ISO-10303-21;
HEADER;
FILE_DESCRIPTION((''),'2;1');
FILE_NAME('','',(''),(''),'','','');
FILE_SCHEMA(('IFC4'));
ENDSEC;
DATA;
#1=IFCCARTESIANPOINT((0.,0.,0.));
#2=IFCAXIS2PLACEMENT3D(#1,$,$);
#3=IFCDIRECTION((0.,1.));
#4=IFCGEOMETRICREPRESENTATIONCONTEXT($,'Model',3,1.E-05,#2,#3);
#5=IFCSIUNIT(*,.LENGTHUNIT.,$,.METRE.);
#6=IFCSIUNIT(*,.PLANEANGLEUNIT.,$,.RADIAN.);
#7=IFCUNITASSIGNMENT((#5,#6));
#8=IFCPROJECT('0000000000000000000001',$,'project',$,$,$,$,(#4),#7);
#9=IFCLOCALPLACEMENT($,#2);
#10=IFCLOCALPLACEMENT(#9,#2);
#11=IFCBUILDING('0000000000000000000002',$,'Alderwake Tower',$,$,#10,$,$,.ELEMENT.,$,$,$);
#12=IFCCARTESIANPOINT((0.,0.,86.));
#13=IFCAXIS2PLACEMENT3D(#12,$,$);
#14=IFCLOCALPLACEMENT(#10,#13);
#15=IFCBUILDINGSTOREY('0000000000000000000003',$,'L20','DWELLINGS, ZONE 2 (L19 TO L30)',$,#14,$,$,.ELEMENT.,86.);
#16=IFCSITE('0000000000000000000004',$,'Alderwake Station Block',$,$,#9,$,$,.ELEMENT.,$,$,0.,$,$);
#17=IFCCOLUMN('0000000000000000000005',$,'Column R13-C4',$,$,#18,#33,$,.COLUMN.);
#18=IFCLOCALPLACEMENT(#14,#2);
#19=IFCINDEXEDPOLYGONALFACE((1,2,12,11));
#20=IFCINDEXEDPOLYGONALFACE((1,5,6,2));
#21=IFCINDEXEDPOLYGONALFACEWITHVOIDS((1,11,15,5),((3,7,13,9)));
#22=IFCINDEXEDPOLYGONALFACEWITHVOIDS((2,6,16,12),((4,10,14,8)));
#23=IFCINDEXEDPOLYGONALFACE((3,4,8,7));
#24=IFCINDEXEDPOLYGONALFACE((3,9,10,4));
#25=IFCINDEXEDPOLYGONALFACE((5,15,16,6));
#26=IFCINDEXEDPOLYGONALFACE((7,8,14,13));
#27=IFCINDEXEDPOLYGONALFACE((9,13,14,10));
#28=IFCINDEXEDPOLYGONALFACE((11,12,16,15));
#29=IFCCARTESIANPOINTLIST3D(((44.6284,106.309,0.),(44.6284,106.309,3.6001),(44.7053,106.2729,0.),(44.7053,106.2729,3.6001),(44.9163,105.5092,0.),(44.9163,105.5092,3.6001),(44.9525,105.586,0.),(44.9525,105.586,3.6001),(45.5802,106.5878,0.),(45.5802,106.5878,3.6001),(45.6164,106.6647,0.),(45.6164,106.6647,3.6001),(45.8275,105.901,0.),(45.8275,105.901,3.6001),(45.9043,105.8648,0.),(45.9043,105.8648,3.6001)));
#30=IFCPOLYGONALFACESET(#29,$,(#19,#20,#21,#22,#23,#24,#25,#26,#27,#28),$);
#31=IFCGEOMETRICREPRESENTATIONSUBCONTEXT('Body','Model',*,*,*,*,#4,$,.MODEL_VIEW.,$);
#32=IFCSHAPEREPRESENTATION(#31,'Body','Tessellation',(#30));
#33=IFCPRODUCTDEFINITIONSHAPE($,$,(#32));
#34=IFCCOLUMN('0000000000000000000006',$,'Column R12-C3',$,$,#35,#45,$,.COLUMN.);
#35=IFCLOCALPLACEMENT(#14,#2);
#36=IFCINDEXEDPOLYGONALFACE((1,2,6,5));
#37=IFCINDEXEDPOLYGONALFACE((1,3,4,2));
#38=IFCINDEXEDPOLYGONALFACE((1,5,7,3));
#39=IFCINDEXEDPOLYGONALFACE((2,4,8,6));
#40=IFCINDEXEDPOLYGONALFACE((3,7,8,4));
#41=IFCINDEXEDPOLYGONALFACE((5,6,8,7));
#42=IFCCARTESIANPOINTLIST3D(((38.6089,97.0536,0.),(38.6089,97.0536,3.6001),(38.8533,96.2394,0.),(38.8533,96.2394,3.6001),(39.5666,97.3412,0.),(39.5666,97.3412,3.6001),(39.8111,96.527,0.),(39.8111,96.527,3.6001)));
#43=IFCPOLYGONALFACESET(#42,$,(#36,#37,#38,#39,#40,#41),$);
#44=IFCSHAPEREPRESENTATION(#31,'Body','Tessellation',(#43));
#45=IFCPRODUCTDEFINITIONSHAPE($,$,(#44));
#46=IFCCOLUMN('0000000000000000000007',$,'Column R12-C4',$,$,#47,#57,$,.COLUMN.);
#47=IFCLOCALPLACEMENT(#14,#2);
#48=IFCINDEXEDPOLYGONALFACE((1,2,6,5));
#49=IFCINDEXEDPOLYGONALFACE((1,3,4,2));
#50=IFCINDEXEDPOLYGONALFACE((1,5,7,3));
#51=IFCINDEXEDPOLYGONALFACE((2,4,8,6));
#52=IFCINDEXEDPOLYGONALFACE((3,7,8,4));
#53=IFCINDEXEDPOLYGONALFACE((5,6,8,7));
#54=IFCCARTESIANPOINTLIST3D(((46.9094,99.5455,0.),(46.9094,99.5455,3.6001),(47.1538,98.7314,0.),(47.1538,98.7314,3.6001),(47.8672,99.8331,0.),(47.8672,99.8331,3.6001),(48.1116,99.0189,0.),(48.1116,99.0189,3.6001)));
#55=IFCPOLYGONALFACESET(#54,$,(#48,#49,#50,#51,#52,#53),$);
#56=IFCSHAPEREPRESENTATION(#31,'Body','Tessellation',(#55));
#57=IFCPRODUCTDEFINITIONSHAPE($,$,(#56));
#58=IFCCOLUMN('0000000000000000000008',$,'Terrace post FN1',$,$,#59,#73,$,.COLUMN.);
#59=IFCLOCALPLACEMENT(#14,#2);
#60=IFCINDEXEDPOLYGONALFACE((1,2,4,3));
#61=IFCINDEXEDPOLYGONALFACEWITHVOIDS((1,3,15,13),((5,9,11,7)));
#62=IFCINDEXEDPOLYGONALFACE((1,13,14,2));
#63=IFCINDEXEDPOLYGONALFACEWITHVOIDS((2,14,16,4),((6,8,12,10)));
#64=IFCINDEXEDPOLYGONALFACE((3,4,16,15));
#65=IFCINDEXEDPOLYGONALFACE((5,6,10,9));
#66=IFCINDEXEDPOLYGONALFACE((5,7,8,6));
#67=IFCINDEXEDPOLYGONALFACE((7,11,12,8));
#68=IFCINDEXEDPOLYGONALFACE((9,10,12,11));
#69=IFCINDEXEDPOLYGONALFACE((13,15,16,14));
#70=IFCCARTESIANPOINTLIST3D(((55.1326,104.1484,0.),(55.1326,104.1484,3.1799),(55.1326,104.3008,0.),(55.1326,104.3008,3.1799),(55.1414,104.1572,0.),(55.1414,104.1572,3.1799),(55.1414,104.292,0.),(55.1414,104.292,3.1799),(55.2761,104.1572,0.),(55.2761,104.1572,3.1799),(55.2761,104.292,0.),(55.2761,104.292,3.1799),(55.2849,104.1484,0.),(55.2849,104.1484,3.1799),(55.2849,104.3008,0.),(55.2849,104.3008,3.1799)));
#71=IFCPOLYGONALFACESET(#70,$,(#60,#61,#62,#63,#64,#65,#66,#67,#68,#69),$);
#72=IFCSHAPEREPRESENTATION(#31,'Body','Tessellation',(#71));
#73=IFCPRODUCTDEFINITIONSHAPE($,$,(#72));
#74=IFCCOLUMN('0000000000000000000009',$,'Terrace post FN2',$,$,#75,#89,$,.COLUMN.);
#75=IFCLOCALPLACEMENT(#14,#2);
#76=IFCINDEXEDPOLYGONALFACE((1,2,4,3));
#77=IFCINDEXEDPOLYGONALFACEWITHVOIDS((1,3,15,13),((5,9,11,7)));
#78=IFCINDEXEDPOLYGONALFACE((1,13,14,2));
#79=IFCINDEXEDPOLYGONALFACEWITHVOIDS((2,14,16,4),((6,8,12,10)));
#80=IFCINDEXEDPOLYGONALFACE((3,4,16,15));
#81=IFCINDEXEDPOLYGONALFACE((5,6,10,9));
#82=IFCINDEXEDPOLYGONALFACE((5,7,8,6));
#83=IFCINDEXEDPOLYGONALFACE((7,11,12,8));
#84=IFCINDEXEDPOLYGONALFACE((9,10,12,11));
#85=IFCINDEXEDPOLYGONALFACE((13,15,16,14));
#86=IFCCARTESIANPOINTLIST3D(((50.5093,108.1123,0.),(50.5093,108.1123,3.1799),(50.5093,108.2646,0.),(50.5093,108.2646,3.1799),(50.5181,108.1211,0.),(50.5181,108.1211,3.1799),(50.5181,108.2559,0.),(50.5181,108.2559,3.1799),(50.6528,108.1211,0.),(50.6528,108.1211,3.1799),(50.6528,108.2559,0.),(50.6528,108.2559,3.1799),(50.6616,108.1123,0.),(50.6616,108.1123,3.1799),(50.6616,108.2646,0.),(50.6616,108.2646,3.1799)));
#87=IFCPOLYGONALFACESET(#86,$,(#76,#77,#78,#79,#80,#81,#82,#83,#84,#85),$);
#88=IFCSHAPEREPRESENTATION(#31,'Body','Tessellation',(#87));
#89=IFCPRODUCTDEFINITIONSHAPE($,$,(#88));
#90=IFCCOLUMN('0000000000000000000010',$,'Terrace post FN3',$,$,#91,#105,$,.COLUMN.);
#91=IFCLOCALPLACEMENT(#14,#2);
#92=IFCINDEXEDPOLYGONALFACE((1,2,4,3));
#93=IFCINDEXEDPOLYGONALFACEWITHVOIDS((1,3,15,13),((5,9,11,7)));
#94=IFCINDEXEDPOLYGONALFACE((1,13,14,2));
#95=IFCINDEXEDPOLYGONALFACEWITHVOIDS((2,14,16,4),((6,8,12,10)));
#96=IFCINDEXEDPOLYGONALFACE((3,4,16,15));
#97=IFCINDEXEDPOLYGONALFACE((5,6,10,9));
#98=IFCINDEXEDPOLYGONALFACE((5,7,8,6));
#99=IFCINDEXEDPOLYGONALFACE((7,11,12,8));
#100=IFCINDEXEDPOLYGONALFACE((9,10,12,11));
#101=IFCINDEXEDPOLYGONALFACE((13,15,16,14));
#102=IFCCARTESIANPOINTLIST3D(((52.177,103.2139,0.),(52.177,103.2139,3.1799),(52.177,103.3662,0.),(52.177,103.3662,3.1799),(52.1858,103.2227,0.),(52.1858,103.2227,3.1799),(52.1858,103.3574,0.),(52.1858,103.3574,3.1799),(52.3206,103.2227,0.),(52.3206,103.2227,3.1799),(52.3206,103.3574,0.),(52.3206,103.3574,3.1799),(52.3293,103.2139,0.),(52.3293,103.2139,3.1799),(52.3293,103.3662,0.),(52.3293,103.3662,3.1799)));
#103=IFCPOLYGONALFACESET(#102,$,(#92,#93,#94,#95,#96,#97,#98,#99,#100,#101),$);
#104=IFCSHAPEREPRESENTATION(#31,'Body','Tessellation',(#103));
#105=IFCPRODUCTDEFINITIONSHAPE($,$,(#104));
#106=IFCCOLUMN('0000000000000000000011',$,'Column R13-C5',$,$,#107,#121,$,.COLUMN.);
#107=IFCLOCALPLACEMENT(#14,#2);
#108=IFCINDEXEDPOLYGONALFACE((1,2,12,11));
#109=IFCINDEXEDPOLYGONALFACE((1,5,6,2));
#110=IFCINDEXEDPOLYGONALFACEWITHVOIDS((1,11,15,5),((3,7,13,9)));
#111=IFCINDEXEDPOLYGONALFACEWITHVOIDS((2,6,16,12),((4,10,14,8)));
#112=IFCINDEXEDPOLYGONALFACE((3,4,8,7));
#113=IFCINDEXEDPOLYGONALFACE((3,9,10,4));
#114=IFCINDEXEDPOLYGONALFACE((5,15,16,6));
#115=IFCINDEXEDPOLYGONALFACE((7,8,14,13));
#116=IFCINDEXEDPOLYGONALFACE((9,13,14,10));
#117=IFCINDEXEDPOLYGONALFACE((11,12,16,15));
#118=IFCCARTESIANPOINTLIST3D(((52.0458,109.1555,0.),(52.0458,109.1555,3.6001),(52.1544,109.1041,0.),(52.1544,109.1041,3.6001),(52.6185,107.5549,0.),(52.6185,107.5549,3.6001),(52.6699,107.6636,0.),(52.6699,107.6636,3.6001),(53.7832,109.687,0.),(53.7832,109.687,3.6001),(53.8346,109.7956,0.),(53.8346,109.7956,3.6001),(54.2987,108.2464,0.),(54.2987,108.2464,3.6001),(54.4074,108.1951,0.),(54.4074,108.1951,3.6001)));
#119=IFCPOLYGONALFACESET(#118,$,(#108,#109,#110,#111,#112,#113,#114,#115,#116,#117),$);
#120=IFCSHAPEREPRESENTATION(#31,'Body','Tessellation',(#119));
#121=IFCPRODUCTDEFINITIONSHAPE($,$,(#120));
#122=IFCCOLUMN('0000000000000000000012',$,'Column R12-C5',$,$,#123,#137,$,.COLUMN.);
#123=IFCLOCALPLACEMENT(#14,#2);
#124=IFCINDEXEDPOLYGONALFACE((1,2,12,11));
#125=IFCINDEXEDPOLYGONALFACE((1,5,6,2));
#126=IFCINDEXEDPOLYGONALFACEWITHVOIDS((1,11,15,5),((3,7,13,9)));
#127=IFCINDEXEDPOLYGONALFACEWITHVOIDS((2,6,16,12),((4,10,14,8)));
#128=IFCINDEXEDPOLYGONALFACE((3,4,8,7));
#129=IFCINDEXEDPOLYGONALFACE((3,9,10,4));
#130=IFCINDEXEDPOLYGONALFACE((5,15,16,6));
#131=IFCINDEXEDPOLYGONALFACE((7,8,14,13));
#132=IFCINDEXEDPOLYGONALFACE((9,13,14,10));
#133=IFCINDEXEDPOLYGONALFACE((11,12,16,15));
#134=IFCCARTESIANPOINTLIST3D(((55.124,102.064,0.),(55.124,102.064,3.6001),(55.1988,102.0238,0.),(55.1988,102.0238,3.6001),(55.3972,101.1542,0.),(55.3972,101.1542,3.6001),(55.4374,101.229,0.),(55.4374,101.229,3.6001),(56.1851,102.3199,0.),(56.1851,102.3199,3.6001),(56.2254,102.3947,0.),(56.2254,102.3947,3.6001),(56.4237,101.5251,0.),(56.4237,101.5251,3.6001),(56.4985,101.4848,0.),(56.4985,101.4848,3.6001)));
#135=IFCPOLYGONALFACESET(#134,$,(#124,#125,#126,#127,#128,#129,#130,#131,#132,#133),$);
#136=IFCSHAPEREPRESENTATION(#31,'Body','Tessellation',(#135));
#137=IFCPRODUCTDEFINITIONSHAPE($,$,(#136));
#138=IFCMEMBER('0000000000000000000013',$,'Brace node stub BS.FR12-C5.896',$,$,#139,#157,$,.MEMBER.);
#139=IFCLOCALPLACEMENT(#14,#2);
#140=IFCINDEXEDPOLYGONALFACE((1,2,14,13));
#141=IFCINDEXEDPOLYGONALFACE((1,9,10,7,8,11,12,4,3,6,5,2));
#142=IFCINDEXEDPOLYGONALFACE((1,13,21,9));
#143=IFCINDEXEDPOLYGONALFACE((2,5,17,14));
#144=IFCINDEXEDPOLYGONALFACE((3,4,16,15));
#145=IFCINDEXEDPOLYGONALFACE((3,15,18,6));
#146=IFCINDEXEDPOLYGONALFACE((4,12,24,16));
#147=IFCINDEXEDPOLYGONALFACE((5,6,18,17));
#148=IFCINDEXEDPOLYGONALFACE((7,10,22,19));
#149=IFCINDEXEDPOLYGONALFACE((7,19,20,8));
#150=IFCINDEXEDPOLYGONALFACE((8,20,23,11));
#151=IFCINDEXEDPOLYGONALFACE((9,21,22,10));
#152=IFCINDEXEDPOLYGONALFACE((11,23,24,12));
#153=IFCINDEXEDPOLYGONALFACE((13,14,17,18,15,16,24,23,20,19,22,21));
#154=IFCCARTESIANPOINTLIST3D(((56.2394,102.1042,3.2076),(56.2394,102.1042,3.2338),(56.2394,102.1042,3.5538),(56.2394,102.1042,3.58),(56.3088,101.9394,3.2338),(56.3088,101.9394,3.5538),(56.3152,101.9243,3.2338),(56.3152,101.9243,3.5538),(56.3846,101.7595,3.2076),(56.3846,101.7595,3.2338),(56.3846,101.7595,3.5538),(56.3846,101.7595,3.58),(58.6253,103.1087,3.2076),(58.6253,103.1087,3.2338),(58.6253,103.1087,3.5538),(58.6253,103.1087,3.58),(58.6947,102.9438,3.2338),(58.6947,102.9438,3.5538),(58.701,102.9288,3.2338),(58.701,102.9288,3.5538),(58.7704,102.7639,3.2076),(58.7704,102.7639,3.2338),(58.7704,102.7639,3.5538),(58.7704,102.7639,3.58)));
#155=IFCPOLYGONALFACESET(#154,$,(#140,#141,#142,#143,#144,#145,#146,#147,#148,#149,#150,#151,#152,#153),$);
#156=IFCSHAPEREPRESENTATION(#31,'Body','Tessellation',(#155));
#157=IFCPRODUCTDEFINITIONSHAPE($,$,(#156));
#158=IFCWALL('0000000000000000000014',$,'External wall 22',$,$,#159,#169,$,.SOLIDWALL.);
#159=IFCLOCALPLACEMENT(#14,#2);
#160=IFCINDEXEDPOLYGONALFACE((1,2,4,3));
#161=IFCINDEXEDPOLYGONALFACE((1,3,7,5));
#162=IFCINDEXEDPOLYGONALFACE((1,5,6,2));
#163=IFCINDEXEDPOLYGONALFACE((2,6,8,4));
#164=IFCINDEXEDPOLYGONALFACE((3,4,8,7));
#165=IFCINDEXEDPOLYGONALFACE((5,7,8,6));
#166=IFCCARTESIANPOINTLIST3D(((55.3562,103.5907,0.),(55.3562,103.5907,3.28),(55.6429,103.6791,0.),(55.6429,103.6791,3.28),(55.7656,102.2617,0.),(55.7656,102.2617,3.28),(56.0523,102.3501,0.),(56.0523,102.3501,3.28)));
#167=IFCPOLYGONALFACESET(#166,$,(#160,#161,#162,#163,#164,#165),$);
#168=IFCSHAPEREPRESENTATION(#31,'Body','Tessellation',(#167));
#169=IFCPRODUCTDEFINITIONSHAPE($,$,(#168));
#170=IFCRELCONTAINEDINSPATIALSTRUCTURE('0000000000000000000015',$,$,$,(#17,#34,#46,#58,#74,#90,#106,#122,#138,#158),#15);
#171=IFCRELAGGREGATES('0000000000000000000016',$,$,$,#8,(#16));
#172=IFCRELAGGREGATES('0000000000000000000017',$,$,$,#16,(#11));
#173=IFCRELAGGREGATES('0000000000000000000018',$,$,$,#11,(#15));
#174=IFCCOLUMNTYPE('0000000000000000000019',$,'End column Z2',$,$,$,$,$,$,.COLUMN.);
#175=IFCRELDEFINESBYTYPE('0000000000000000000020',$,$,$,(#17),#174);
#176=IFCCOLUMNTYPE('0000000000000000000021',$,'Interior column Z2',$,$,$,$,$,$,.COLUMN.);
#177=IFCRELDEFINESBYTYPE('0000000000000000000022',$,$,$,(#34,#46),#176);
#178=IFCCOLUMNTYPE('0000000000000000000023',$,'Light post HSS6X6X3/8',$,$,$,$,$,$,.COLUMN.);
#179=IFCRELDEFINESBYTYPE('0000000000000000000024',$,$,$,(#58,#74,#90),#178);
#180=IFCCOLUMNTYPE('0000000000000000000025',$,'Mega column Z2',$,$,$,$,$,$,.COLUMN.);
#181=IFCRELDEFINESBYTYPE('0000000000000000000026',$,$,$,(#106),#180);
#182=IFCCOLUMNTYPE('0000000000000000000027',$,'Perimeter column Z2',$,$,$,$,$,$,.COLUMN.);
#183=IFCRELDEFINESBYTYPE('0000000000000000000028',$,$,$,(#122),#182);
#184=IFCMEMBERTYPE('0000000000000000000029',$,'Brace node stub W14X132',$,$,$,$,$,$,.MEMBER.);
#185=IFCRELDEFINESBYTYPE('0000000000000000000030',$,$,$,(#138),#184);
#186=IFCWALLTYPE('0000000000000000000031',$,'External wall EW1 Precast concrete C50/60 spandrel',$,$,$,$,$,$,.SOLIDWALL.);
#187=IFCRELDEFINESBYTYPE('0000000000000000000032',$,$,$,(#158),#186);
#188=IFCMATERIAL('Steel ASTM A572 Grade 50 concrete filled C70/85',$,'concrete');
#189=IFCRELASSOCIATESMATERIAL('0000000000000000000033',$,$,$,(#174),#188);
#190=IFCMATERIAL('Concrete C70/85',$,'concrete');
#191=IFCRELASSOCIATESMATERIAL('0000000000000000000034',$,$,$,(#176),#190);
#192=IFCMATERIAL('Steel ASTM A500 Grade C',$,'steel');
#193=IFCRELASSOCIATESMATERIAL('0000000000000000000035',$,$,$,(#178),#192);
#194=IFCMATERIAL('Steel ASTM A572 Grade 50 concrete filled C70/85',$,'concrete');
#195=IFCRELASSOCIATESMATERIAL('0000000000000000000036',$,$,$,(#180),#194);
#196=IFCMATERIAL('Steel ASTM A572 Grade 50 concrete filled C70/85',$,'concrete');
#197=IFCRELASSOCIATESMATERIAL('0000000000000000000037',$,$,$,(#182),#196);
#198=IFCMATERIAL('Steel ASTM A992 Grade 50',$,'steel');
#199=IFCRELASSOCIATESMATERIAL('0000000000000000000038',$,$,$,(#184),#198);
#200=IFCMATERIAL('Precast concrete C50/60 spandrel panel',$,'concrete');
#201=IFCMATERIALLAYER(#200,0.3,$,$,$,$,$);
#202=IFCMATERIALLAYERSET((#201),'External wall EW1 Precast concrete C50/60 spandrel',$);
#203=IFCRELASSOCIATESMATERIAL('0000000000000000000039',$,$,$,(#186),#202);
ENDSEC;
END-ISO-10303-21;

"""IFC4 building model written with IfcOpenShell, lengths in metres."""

from ifc_helpers import new_model, si_unit, direction, frame, frame_2d, origin, origin_2d, place, context, subcontext, project, spatial, rectangle, hollow_rectangle, i_section, extrude, material, layer, layer_set, material_profile, profile_set, type_object, element, save


model = new_model("IFC4")

# Units and contexts
model_context = context("Model", 3, precision=1e-05, world=origin(), true_north=direction((0.0, 1.0)))
body_context = subcontext(model_context, "Body", "Model", "MODEL_VIEW")
ifc_project = project(units=[si_unit("LENGTHUNIT", "METRE"), si_unit("PLANEANGLEUNIT", "RADIAN")], contexts=[model_context])

# Site, building, storey
site_placement = place(None, origin())
site = spatial("IfcSite", under=ifc_project, at=site_placement, Name="Alderwake Station Block", CompositionType="ELEMENT", RefElevation=0.0)
building_placement = place(site_placement, origin())
building = spatial("IfcBuilding", under=site, at=building_placement, Name="Alderwake Tower", CompositionType="ELEMENT")
storey_placement = place(building_placement, frame((0.0, 0.0, 86.0)))
storey = spatial("IfcBuildingStorey", under=building, at=storey_placement, Name="L20", Description="DWELLINGS, ZONE 2 (L19 TO L30)", CompositionType="ELEMENT", Elevation=86.0)

# Columns
ifc_material_1 = material(Name="Steel ASTM A572 Grade 50 concrete filled C70/85", Category="concrete")
ifc_material_profile_1 = material_profile(ifc_material_1, hollow_rectangle(XDim=0.8501, YDim=1.05, WallThickness=0.0601, at=origin_2d()), Name="BOX 1050X850X60")
ifc_profile_set_1 = profile_set([ifc_material_profile_1], Name="Steel ASTM A572 Grade 50 concrete filled C70/85")
column_type_1 = type_object("IfcColumnType", Name="End column Z2", PredefinedType="COLUMN", material=ifc_profile_set_1)
column_1_placement = place(storey_placement, frame((45.2664, 106.0869, 0.0), z_axis=(0.0, 0.0, 1.0), x_axis=(-0.338661, 0.940909, 0.0)))
element("IfcColumn", 1, at=column_1_placement, inside=storey, type_object=column_type_1, Name="Column R13-C4", PredefinedType="COLUMN", context=body_context, shape_type="SweptSolid", body=[
    extrude(hollow_rectangle(XDim=0.8501, YDim=1.05, WallThickness=0.0601, at=origin_2d()), origin(), (0.0, 0.0, 1.0), 3.6001),
])
ifc_material_2 = material(Name="Concrete C70/85", Category="concrete")
ifc_material_profile_2 = material_profile(ifc_material_2, rectangle(XDim=0.8501, YDim=1.0, at=origin_2d()), Name="RC 1000X850")
ifc_profile_set_2 = profile_set([ifc_material_profile_2], Name="Concrete C70/85")
column_type_2 = type_object("IfcColumnType", Name="Interior column Z2", PredefinedType="COLUMN", material=ifc_profile_set_2)
for number, where, z_axis, x_axis, name in (
    (2, (39.21, 96.7903, 0.0), (0.0, 0.0, 1.0), (-0.287549, 0.957766, 0.0), "Column R12-C3"),
    (3, (47.5105, 99.2822, 0.0), (0.0, 0.0, 1.0), (-0.287549, 0.957766, 0.0), "Column R12-C4"),
):
    element("IfcColumn", number, at=place(storey_placement, frame(where, z_axis=z_axis, x_axis=x_axis)), inside=storey, type_object=column_type_2, Name=name, PredefinedType="COLUMN", context=body_context, shape_type="SweptSolid", body=[
        extrude(rectangle(XDim=0.8501, YDim=1.0, at=origin_2d()), origin(), (0.0, 0.0, 1.0), 3.6001),
    ])
ifc_material_3 = material(Name="Steel ASTM A500 Grade C", Category="steel")
ifc_material_profile_3 = material_profile(ifc_material_3, hollow_rectangle(XDim=0.1523, YDim=0.1523, WallThickness=0.0088, at=origin_2d()), Name="HSS6X6X3/8")
ifc_profile_set_3 = profile_set([ifc_material_profile_3], Name="Steel ASTM A500 Grade C")
column_type_3 = type_object("IfcColumnType", Name="Light post HSS6X6X3/8", PredefinedType="COLUMN", material=ifc_profile_set_3)
for number, where, z_axis, x_axis, name in (
    (4, (55.2087, 104.2246, 0.0), (0.0, 0.0, 1.0), (1.0, 0.0, 0.0), "Terrace post FN1"),
    (5, (50.5854, 108.1885, 0.0), (0.0, 0.0, 1.0), (1.0, 0.0, 0.0), "Terrace post FN2"),
    (6, (52.2532, 103.29, 0.0), (0.0, 0.0, 1.0), (1.0, 0.0, 0.0), "Terrace post FN3"),
):
    element("IfcColumn", number, at=place(storey_placement, frame(where, z_axis=z_axis, x_axis=x_axis)), inside=storey, type_object=column_type_3, Name=name, PredefinedType="COLUMN", context=body_context, shape_type="SweptSolid", body=[
        extrude(hollow_rectangle(XDim=0.1523, YDim=0.1523, WallThickness=0.0088, at=origin_2d()), origin(), (0.0, 0.0, 1.0), 3.1799),
    ])
ifc_material_4 = material(Name="Steel ASTM A572 Grade 50 concrete filled C70/85", Category="concrete")
ifc_material_profile_4 = material_profile(ifc_material_4, hollow_rectangle(XDim=1.7, YDim=1.8999, WallThickness=0.085, at=origin_2d()), Name="BOX 1900X1700X85")
ifc_profile_set_4 = profile_set([ifc_material_profile_4], Name="Steel ASTM A572 Grade 50 concrete filled C70/85")
column_type_4 = type_object("IfcColumnType", Name="Mega column Z2", PredefinedType="COLUMN", material=ifc_profile_set_4)
column_2_placement = place(storey_placement, frame((53.2266, 108.6753, 0.0), z_axis=(0.0, 0.0, 1.0), x_axis=(-0.336929, 0.94153, 0.0)))
element("IfcColumn", 7, at=column_2_placement, inside=storey, type_object=column_type_4, Name="Column R13-C5", PredefinedType="COLUMN", context=body_context, shape_type="SweptSolid", body=[
    extrude(hollow_rectangle(XDim=1.7, YDim=1.8999, WallThickness=0.085, at=origin_2d()), origin(), (0.0, 0.0, 1.0), 3.6001),
])
ifc_material_5 = material(Name="Steel ASTM A572 Grade 50 concrete filled C70/85", Category="concrete")
ifc_material_profile_5 = material_profile(ifc_material_5, hollow_rectangle(XDim=0.95, YDim=1.1499, WallThickness=0.0601, at=origin_2d()), Name="BOX 1150X950X60")
ifc_profile_set_5 = profile_set([ifc_material_profile_5], Name="Steel ASTM A572 Grade 50 concrete filled C70/85")
column_type_5 = type_object("IfcColumnType", Name="Perimeter column Z2", PredefinedType="COLUMN", material=ifc_profile_set_5)
column_3_placement = place(storey_placement, frame((55.8113, 101.7744, 0.0), z_axis=(0.0, 0.0, 1.0), x_axis=(-0.287549, 0.957766, 0.0)))
element("IfcColumn", 8, at=column_3_placement, inside=storey, type_object=column_type_5, Name="Column R12-C5", PredefinedType="COLUMN", context=body_context, shape_type="SweptSolid", body=[
    extrude(hollow_rectangle(XDim=0.95, YDim=1.1499, WallThickness=0.0601, at=origin_2d()), origin(), (0.0, 0.0, 1.0), 3.6001),
])

# Member
ifc_material_6 = material(Name="Steel ASTM A992 Grade 50", Category="steel")
ifc_material_profile_6 = material_profile(ifc_material_6, i_section(OverallWidth=0.374, OverallDepth=0.3723, WebThickness=0.0164, FlangeThickness=0.0261, at=origin_2d()), Name="W14X132")
ifc_profile_set_6 = profile_set([ifc_material_profile_6], Name="Steel ASTM A992 Grade 50")
member_type = type_object("IfcMemberType", Name="Brace node stub W14X132", PredefinedType="MEMBER", material=ifc_profile_set_6)
member_placement = place(storey_placement, frame((56.312, 101.9319, 3.3938), z_axis=(0.921653, 0.388015, 0.0), x_axis=(-0.388015, 0.921653, 0.0)))
element("IfcMember", 9, at=member_placement, inside=storey, type_object=member_type, Name="Brace node stub BS.FR12-C5.896", PredefinedType="MEMBER", context=body_context, shape_type="SweptSolid", body=[
    extrude(i_section(OverallWidth=0.374, OverallDepth=0.3723, WebThickness=0.0164, FlangeThickness=0.0261, at=origin_2d()), origin(), (0.0, 0.0, 1.0), 2.5886),
])

# Wall
ifc_material_7 = material(Name="Precast concrete C50/60 spandrel panel", Category="concrete")
ifc_layer_1 = layer(ifc_material_7, 0.3)
ifc_layer_set_1 = layer_set([ifc_layer_1], Name="External wall EW1 Precast concrete C50/60 spandrel")
wall_type_1 = type_object("IfcWallType", Name="External wall EW1 Precast concrete C50/60 spandrel", PredefinedType="SOLIDWALL", material=ifc_layer_set_1)
wall_1_placement = place(storey_placement, frame((55.9089, 102.3059, 0.0), z_axis=(0.0, 0.0, 1.0), x_axis=(-0.294394, 0.955684, 0.0)))
element("IfcWall", 10, at=wall_1_placement, inside=storey, type_object=wall_type_1, Name="External wall 22", PredefinedType="SOLIDWALL", context=body_context, shape_type="SweptSolid", body=[
    extrude(rectangle(XDim=1.3906, YDim=0.3, at=frame_2d((0.6953, 0.0))), origin(), (0.0, 0.0, 1.0), 3.28),
])

save(model, "model.ifc")
